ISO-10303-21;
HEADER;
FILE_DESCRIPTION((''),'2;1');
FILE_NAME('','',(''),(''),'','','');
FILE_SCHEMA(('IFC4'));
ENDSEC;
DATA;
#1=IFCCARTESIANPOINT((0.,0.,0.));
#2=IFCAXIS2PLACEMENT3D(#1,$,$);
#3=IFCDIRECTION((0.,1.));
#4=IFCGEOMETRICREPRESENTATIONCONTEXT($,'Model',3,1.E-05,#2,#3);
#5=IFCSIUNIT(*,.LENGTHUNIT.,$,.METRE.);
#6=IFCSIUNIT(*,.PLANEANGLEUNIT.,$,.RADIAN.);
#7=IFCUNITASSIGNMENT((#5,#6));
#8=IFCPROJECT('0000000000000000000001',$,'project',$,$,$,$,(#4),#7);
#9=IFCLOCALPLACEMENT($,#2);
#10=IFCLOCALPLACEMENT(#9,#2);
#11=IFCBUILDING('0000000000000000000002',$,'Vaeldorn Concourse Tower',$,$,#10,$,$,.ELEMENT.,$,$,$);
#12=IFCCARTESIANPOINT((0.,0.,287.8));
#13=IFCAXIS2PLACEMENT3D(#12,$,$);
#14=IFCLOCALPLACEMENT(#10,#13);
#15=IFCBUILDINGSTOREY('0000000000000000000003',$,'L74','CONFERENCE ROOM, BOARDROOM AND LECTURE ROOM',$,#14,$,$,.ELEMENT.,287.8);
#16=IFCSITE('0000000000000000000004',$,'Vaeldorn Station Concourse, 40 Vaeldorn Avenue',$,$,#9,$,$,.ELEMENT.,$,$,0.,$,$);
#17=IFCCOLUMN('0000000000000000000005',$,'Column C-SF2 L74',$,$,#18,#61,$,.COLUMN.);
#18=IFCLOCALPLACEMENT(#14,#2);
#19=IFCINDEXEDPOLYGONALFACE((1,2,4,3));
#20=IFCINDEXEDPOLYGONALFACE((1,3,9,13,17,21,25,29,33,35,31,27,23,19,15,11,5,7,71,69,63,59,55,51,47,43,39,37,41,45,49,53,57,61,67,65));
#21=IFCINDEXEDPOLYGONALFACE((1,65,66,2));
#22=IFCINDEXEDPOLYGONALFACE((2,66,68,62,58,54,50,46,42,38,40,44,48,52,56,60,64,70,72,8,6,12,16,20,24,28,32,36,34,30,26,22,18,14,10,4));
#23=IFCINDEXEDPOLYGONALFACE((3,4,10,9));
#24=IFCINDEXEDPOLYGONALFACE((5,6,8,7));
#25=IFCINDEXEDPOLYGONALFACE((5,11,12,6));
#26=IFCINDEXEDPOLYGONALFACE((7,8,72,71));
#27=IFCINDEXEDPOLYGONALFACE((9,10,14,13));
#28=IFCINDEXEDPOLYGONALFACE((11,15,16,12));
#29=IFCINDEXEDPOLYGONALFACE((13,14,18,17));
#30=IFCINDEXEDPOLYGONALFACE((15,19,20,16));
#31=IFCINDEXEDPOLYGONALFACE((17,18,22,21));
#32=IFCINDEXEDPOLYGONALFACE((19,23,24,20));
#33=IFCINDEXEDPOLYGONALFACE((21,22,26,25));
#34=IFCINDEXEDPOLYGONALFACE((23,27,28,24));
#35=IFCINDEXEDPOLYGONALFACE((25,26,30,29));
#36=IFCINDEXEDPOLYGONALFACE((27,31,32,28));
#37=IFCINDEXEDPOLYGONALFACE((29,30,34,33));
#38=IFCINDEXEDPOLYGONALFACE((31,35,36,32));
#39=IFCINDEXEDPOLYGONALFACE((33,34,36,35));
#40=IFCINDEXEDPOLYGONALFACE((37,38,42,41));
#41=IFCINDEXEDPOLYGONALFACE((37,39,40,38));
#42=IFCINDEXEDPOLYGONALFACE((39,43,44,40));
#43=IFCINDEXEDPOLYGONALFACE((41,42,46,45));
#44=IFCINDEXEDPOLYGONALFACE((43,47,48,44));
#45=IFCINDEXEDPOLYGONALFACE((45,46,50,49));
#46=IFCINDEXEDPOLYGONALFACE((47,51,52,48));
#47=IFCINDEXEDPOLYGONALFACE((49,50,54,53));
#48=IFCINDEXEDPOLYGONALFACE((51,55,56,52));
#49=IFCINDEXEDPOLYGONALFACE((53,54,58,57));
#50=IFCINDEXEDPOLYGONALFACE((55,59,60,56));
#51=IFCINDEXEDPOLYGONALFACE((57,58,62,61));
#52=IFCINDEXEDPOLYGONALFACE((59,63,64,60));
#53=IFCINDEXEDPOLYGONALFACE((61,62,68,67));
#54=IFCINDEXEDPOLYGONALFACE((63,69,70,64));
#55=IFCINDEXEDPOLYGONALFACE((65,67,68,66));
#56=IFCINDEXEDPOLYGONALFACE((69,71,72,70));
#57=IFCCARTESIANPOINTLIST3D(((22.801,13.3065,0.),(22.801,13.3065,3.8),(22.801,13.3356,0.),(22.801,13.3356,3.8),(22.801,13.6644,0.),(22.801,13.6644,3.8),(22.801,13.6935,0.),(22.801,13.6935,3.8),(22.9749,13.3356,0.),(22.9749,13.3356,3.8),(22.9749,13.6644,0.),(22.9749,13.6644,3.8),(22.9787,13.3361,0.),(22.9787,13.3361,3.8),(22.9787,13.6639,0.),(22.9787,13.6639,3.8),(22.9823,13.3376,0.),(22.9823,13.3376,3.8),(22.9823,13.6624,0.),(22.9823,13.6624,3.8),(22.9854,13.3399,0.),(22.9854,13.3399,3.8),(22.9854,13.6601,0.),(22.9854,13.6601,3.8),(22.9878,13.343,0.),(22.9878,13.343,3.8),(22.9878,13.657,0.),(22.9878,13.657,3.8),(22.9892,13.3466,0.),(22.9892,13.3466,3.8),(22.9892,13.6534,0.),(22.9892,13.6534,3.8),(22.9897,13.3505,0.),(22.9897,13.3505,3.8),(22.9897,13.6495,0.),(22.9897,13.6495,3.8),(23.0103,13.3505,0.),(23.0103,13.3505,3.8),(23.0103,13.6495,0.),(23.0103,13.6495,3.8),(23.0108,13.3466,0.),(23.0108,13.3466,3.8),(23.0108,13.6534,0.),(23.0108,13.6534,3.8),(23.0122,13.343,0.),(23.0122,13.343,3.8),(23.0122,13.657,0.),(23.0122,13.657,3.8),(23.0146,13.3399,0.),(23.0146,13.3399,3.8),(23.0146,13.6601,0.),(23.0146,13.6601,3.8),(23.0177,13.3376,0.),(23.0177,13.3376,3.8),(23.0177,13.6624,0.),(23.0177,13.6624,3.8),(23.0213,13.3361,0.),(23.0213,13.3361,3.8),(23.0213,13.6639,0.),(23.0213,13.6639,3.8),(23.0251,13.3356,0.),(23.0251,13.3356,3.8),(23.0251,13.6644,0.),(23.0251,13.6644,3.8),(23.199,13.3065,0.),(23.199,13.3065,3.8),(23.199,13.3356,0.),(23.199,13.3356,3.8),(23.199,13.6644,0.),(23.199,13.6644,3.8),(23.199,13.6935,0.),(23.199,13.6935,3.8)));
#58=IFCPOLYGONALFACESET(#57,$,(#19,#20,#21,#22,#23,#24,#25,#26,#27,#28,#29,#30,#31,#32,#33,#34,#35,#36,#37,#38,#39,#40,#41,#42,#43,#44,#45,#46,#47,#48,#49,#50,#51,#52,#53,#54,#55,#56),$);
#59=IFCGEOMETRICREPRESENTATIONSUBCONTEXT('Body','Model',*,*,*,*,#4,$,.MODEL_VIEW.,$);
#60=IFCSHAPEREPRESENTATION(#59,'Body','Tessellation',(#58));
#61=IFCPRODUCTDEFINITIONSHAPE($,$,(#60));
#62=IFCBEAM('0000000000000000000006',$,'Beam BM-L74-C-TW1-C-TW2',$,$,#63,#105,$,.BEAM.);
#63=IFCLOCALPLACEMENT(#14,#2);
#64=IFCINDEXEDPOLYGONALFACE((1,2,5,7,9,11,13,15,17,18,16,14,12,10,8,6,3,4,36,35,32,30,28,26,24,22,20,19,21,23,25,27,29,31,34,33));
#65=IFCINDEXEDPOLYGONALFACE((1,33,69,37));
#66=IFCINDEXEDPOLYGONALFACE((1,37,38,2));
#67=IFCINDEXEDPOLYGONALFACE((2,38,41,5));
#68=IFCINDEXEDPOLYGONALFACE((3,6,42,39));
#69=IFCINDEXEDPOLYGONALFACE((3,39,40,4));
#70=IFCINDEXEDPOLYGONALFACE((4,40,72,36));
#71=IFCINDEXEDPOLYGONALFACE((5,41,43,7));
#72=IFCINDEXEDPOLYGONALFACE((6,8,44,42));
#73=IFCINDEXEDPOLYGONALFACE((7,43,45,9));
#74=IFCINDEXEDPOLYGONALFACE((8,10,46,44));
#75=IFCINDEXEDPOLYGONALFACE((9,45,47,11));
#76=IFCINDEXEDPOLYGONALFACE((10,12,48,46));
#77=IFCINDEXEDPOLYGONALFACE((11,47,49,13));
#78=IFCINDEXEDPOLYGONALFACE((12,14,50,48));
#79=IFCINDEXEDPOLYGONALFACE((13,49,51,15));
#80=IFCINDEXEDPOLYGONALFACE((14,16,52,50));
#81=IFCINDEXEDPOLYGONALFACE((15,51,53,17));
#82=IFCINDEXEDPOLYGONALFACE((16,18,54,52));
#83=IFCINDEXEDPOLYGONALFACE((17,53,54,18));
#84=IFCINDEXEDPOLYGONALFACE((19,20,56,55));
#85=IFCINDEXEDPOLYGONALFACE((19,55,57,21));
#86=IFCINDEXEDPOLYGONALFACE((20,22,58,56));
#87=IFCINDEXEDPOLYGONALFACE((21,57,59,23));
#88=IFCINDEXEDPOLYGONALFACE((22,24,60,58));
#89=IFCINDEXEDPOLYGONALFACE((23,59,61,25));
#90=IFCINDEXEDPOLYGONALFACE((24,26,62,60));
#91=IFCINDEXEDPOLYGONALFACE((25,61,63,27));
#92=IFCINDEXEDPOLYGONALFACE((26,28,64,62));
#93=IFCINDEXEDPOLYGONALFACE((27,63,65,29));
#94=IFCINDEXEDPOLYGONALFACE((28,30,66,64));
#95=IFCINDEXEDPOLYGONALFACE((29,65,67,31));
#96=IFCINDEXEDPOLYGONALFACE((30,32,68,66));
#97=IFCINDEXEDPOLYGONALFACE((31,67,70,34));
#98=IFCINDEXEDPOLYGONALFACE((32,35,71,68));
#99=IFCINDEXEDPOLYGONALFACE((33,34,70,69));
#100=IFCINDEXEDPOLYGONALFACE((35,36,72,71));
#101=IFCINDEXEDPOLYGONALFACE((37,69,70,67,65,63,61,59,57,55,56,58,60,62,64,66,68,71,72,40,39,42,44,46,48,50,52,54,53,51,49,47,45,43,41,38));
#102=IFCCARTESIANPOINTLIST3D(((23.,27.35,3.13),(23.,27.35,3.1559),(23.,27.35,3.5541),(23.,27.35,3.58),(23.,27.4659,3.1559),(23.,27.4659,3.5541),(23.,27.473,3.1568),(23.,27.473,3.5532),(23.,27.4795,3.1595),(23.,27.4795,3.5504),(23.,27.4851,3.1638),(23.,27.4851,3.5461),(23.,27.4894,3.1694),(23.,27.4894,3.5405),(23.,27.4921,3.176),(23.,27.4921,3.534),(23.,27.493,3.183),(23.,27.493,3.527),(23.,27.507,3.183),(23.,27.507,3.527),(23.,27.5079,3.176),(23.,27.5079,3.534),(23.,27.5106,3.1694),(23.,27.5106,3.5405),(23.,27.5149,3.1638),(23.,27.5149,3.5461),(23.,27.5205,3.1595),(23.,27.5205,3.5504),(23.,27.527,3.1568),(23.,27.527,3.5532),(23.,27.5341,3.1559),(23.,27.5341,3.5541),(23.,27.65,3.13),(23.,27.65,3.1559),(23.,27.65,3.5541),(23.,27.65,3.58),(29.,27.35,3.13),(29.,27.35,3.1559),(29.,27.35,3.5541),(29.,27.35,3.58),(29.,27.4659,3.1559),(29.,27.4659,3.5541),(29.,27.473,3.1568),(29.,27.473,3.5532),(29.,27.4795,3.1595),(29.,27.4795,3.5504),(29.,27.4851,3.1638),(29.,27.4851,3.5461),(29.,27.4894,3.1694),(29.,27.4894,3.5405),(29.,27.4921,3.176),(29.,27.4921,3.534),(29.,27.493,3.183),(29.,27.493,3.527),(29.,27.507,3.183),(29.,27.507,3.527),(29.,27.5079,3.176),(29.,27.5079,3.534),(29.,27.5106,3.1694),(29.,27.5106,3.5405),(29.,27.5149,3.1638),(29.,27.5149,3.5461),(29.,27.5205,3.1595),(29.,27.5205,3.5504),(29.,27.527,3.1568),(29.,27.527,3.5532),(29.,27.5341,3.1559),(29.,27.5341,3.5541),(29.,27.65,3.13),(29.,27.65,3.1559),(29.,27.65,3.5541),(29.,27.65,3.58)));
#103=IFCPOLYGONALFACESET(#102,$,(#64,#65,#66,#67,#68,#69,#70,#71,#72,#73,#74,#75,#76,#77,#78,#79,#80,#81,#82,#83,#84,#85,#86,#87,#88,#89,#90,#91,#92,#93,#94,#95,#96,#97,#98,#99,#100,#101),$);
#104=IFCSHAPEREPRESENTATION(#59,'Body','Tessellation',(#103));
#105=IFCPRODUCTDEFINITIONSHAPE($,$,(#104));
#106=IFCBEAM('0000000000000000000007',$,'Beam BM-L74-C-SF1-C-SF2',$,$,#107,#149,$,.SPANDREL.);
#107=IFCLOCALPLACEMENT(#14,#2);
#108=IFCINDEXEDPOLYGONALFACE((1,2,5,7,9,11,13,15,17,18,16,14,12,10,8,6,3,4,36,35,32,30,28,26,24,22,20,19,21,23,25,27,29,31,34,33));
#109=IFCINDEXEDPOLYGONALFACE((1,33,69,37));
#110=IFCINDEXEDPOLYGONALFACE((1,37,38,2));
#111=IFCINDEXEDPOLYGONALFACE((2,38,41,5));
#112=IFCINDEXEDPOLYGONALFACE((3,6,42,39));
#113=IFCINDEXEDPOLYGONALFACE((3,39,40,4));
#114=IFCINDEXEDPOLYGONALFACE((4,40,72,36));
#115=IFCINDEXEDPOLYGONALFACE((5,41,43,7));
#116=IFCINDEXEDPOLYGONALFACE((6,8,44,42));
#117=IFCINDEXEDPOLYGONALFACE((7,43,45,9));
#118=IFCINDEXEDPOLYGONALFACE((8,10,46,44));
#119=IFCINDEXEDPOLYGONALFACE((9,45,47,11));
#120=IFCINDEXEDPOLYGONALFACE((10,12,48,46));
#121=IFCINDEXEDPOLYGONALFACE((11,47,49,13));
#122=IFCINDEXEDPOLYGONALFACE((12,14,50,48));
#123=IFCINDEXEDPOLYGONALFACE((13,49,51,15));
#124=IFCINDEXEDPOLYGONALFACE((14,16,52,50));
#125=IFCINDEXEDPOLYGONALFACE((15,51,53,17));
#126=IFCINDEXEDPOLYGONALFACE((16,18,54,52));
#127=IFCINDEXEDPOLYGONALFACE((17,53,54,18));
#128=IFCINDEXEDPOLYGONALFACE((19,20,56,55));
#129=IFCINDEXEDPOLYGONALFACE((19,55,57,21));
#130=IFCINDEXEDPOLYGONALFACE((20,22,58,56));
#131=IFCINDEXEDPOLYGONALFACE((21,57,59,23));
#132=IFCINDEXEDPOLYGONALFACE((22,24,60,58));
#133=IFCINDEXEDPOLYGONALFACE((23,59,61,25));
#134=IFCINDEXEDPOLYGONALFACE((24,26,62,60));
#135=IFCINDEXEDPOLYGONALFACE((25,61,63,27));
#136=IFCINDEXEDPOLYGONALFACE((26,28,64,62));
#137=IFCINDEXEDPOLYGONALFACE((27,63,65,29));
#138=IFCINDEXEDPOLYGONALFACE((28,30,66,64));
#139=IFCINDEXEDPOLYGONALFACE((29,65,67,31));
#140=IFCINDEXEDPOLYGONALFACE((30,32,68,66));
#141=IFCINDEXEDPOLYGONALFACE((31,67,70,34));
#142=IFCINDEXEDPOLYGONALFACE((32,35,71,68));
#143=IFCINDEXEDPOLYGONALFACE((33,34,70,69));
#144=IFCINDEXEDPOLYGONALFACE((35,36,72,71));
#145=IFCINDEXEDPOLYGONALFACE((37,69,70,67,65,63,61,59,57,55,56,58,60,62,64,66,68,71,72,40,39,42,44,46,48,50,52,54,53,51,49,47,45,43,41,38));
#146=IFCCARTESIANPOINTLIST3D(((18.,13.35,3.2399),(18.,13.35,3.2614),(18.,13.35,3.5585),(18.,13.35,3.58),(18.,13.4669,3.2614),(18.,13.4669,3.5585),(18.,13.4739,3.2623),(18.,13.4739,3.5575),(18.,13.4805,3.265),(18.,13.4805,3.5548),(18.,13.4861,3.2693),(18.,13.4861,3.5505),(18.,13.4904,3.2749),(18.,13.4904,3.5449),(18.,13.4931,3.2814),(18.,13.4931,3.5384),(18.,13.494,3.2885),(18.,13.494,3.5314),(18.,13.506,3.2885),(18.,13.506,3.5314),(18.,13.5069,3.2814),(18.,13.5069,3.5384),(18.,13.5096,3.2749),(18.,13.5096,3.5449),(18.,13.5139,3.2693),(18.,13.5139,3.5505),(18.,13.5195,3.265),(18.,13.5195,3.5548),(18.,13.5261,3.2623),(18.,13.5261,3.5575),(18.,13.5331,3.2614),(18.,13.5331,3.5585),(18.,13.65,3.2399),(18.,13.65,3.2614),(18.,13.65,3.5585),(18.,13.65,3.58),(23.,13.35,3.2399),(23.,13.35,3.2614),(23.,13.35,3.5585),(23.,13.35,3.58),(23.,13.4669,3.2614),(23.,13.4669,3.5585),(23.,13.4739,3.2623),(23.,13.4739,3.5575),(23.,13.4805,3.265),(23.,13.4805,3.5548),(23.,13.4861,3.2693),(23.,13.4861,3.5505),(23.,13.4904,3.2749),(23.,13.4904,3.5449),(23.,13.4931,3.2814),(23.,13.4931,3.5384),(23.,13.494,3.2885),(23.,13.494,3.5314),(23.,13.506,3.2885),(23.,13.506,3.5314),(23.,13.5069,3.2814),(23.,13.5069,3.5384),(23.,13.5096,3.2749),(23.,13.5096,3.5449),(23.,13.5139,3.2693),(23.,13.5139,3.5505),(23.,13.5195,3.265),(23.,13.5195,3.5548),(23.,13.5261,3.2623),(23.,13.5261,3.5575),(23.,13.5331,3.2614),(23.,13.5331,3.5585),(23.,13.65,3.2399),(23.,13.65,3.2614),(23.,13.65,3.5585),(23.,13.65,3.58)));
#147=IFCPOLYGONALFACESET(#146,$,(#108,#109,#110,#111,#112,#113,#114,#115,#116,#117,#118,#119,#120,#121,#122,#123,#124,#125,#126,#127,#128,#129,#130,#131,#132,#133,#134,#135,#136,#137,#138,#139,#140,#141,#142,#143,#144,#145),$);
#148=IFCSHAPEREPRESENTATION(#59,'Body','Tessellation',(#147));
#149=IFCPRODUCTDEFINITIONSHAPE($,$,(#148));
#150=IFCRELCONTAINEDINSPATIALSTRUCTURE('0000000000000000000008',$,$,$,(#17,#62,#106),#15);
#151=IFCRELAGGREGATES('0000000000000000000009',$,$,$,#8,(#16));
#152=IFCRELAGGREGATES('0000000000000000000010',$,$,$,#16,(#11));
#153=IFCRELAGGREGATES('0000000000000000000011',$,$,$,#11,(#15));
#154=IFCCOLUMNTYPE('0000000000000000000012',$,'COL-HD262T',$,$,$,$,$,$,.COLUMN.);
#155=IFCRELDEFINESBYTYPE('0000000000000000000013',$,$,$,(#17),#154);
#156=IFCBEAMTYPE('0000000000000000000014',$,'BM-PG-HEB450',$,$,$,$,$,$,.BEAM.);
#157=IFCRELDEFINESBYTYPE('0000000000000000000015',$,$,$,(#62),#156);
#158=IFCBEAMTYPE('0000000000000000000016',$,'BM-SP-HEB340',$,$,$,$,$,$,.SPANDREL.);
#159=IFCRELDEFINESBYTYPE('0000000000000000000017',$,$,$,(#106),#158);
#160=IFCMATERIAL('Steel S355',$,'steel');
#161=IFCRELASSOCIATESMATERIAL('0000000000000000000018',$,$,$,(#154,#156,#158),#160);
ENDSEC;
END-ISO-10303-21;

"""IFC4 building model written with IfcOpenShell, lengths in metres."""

from ifc_helpers import new_model, si_unit, direction, frame, origin, origin_2d, place, context, subcontext, project, spatial, i_section, extrude, source, transform, mapped, material, material_profile, profile_set, type_object, element, save


model = new_model("IFC4")

# Units and contexts
model_context = context("Model", 3, precision=1e-05, world=origin(), true_north=direction((0.0, 1.0)))
body_context = subcontext(model_context, "Body", "Model", "MODEL_VIEW")
ifc_project = project(units=[si_unit("LENGTHUNIT", "METRE"), si_unit("PLANEANGLEUNIT", "RADIAN")], contexts=[model_context])

# Site, building, storey
site_placement = place(None, origin())
site = spatial("IfcSite", under=ifc_project, at=site_placement, Name="Vaeldorn Station Concourse, 40 Vaeldorn Avenue", CompositionType="ELEMENT", RefElevation=0.0)
building_placement = place(site_placement, origin())
building = spatial("IfcBuilding", under=site, at=building_placement, Name="Vaeldorn Concourse Tower", CompositionType="ELEMENT")
storey_placement = place(building_placement, frame((0.0, 0.0, 287.8)))
storey = spatial("IfcBuildingStorey", under=building, at=storey_placement, Name="L74", Description="CONFERENCE ROOM, BOARDROOM AND LECTURE ROOM", CompositionType="ELEMENT", Elevation=287.8)

# Column
ifc_material_1 = material(Name="Steel S355", Category="steel")
ifc_material_profile_1 = material_profile(ifc_material_1, i_section(OverallWidth=0.3979, OverallDepth=0.387, WebThickness=0.0205, FlangeThickness=0.0291, FilletRadius=0.0149, at=origin_2d()), Name="HD 400x262")
ifc_profile_set_1 = profile_set([ifc_material_profile_1], Name="Steel S355")
column_type_1 = type_object("IfcColumnType", Name="COL-HD262T", PredefinedType="COLUMN", material=ifc_profile_set_1)
shared_shape_1 = source(origin(), body_context, "Body", "SweptSolid", [
    extrude(i_section(OverallWidth=0.3979, OverallDepth=0.387, WebThickness=0.0205, FlangeThickness=0.0291, FilletRadius=0.0149, at=origin_2d()), origin(), (0.0, 0.0, 1.0), 3.8),
])
for number, where, z_axis, x_axis, name in (
    (1, (23.0, 13.5, 0.0), (0.0, 0.0, 1.0), (1.0, 0.0, 0.0), "Column C-SF2 L74"),
):
    element("IfcColumn", number, at=place(storey_placement, frame(where, z_axis=z_axis, x_axis=x_axis)), inside=storey, type_object=column_type_1, Name=name, PredefinedType="COLUMN", context=body_context, shape_type="MappedRepresentation", body=[
        mapped(shared_shape_1, transform((0.0, 0.0, 0.0), scale=1.0)),
    ])

# Beams
ifc_material_profile_2 = material_profile(ifc_material_1, i_section(OverallWidth=0.3, OverallDepth=0.45, WebThickness=0.0139, FlangeThickness=0.0259, FilletRadius=0.0271, at=origin_2d()), Name="HEB 450")
ifc_profile_set_2 = profile_set([ifc_material_profile_2], Name="Steel S355")
beam_type_1 = type_object("IfcBeamType", Name="BM-PG-HEB450", PredefinedType="BEAM", material=ifc_profile_set_2)
shared_shape_2 = source(origin(), body_context, "Body", "SweptSolid", [
    extrude(i_section(OverallWidth=0.3, OverallDepth=0.45, WebThickness=0.0139, FlangeThickness=0.0259, FilletRadius=0.0271, at=origin_2d()), origin(), (0.0, 0.0, 1.0), 6.0),
])
beam_1_placement = place(storey_placement, frame((23.0, 27.5, 3.355), z_axis=(1.0, 0.0, 0.0), x_axis=(0.0, 1.0, 0.0)))
element("IfcBeam", 2, at=beam_1_placement, inside=storey, type_object=beam_type_1, Name="Beam BM-L74-C-TW1-C-TW2", PredefinedType="BEAM", context=body_context, shape_type="MappedRepresentation", body=[
    mapped(shared_shape_2, transform((0.0, 0.0, 0.0), scale=1.0)),
])
ifc_material_profile_3 = material_profile(ifc_material_1, i_section(OverallWidth=0.3, OverallDepth=0.3401, WebThickness=0.012, FlangeThickness=0.0215, FilletRadius=0.0271, at=origin_2d()), Name="HEB 340")
ifc_profile_set_3 = profile_set([ifc_material_profile_3], Name="Steel S355")
beam_type_2 = type_object("IfcBeamType", Name="BM-SP-HEB340", PredefinedType="SPANDREL", material=ifc_profile_set_3)
shared_shape_3 = source(origin(), body_context, "Body", "SweptSolid", [
    extrude(i_section(OverallWidth=0.3, OverallDepth=0.3401, WebThickness=0.012, FlangeThickness=0.0215, FilletRadius=0.0271, at=origin_2d()), origin(), (0.0, 0.0, 1.0), 5.0),
])
beam_2_placement = place(storey_placement, frame((18.0, 13.5, 3.4099), z_axis=(1.0, 0.0, 0.0), x_axis=(0.0, 1.0, 0.0)))
element("IfcBeam", 3, at=beam_2_placement, inside=storey, type_object=beam_type_2, Name="Beam BM-L74-C-SF1-C-SF2", PredefinedType="SPANDREL", context=body_context, shape_type="MappedRepresentation", body=[
    mapped(shared_shape_3, transform((0.0, 0.0, 0.0), scale=1.0)),
])

save(model, "model.ifc")
